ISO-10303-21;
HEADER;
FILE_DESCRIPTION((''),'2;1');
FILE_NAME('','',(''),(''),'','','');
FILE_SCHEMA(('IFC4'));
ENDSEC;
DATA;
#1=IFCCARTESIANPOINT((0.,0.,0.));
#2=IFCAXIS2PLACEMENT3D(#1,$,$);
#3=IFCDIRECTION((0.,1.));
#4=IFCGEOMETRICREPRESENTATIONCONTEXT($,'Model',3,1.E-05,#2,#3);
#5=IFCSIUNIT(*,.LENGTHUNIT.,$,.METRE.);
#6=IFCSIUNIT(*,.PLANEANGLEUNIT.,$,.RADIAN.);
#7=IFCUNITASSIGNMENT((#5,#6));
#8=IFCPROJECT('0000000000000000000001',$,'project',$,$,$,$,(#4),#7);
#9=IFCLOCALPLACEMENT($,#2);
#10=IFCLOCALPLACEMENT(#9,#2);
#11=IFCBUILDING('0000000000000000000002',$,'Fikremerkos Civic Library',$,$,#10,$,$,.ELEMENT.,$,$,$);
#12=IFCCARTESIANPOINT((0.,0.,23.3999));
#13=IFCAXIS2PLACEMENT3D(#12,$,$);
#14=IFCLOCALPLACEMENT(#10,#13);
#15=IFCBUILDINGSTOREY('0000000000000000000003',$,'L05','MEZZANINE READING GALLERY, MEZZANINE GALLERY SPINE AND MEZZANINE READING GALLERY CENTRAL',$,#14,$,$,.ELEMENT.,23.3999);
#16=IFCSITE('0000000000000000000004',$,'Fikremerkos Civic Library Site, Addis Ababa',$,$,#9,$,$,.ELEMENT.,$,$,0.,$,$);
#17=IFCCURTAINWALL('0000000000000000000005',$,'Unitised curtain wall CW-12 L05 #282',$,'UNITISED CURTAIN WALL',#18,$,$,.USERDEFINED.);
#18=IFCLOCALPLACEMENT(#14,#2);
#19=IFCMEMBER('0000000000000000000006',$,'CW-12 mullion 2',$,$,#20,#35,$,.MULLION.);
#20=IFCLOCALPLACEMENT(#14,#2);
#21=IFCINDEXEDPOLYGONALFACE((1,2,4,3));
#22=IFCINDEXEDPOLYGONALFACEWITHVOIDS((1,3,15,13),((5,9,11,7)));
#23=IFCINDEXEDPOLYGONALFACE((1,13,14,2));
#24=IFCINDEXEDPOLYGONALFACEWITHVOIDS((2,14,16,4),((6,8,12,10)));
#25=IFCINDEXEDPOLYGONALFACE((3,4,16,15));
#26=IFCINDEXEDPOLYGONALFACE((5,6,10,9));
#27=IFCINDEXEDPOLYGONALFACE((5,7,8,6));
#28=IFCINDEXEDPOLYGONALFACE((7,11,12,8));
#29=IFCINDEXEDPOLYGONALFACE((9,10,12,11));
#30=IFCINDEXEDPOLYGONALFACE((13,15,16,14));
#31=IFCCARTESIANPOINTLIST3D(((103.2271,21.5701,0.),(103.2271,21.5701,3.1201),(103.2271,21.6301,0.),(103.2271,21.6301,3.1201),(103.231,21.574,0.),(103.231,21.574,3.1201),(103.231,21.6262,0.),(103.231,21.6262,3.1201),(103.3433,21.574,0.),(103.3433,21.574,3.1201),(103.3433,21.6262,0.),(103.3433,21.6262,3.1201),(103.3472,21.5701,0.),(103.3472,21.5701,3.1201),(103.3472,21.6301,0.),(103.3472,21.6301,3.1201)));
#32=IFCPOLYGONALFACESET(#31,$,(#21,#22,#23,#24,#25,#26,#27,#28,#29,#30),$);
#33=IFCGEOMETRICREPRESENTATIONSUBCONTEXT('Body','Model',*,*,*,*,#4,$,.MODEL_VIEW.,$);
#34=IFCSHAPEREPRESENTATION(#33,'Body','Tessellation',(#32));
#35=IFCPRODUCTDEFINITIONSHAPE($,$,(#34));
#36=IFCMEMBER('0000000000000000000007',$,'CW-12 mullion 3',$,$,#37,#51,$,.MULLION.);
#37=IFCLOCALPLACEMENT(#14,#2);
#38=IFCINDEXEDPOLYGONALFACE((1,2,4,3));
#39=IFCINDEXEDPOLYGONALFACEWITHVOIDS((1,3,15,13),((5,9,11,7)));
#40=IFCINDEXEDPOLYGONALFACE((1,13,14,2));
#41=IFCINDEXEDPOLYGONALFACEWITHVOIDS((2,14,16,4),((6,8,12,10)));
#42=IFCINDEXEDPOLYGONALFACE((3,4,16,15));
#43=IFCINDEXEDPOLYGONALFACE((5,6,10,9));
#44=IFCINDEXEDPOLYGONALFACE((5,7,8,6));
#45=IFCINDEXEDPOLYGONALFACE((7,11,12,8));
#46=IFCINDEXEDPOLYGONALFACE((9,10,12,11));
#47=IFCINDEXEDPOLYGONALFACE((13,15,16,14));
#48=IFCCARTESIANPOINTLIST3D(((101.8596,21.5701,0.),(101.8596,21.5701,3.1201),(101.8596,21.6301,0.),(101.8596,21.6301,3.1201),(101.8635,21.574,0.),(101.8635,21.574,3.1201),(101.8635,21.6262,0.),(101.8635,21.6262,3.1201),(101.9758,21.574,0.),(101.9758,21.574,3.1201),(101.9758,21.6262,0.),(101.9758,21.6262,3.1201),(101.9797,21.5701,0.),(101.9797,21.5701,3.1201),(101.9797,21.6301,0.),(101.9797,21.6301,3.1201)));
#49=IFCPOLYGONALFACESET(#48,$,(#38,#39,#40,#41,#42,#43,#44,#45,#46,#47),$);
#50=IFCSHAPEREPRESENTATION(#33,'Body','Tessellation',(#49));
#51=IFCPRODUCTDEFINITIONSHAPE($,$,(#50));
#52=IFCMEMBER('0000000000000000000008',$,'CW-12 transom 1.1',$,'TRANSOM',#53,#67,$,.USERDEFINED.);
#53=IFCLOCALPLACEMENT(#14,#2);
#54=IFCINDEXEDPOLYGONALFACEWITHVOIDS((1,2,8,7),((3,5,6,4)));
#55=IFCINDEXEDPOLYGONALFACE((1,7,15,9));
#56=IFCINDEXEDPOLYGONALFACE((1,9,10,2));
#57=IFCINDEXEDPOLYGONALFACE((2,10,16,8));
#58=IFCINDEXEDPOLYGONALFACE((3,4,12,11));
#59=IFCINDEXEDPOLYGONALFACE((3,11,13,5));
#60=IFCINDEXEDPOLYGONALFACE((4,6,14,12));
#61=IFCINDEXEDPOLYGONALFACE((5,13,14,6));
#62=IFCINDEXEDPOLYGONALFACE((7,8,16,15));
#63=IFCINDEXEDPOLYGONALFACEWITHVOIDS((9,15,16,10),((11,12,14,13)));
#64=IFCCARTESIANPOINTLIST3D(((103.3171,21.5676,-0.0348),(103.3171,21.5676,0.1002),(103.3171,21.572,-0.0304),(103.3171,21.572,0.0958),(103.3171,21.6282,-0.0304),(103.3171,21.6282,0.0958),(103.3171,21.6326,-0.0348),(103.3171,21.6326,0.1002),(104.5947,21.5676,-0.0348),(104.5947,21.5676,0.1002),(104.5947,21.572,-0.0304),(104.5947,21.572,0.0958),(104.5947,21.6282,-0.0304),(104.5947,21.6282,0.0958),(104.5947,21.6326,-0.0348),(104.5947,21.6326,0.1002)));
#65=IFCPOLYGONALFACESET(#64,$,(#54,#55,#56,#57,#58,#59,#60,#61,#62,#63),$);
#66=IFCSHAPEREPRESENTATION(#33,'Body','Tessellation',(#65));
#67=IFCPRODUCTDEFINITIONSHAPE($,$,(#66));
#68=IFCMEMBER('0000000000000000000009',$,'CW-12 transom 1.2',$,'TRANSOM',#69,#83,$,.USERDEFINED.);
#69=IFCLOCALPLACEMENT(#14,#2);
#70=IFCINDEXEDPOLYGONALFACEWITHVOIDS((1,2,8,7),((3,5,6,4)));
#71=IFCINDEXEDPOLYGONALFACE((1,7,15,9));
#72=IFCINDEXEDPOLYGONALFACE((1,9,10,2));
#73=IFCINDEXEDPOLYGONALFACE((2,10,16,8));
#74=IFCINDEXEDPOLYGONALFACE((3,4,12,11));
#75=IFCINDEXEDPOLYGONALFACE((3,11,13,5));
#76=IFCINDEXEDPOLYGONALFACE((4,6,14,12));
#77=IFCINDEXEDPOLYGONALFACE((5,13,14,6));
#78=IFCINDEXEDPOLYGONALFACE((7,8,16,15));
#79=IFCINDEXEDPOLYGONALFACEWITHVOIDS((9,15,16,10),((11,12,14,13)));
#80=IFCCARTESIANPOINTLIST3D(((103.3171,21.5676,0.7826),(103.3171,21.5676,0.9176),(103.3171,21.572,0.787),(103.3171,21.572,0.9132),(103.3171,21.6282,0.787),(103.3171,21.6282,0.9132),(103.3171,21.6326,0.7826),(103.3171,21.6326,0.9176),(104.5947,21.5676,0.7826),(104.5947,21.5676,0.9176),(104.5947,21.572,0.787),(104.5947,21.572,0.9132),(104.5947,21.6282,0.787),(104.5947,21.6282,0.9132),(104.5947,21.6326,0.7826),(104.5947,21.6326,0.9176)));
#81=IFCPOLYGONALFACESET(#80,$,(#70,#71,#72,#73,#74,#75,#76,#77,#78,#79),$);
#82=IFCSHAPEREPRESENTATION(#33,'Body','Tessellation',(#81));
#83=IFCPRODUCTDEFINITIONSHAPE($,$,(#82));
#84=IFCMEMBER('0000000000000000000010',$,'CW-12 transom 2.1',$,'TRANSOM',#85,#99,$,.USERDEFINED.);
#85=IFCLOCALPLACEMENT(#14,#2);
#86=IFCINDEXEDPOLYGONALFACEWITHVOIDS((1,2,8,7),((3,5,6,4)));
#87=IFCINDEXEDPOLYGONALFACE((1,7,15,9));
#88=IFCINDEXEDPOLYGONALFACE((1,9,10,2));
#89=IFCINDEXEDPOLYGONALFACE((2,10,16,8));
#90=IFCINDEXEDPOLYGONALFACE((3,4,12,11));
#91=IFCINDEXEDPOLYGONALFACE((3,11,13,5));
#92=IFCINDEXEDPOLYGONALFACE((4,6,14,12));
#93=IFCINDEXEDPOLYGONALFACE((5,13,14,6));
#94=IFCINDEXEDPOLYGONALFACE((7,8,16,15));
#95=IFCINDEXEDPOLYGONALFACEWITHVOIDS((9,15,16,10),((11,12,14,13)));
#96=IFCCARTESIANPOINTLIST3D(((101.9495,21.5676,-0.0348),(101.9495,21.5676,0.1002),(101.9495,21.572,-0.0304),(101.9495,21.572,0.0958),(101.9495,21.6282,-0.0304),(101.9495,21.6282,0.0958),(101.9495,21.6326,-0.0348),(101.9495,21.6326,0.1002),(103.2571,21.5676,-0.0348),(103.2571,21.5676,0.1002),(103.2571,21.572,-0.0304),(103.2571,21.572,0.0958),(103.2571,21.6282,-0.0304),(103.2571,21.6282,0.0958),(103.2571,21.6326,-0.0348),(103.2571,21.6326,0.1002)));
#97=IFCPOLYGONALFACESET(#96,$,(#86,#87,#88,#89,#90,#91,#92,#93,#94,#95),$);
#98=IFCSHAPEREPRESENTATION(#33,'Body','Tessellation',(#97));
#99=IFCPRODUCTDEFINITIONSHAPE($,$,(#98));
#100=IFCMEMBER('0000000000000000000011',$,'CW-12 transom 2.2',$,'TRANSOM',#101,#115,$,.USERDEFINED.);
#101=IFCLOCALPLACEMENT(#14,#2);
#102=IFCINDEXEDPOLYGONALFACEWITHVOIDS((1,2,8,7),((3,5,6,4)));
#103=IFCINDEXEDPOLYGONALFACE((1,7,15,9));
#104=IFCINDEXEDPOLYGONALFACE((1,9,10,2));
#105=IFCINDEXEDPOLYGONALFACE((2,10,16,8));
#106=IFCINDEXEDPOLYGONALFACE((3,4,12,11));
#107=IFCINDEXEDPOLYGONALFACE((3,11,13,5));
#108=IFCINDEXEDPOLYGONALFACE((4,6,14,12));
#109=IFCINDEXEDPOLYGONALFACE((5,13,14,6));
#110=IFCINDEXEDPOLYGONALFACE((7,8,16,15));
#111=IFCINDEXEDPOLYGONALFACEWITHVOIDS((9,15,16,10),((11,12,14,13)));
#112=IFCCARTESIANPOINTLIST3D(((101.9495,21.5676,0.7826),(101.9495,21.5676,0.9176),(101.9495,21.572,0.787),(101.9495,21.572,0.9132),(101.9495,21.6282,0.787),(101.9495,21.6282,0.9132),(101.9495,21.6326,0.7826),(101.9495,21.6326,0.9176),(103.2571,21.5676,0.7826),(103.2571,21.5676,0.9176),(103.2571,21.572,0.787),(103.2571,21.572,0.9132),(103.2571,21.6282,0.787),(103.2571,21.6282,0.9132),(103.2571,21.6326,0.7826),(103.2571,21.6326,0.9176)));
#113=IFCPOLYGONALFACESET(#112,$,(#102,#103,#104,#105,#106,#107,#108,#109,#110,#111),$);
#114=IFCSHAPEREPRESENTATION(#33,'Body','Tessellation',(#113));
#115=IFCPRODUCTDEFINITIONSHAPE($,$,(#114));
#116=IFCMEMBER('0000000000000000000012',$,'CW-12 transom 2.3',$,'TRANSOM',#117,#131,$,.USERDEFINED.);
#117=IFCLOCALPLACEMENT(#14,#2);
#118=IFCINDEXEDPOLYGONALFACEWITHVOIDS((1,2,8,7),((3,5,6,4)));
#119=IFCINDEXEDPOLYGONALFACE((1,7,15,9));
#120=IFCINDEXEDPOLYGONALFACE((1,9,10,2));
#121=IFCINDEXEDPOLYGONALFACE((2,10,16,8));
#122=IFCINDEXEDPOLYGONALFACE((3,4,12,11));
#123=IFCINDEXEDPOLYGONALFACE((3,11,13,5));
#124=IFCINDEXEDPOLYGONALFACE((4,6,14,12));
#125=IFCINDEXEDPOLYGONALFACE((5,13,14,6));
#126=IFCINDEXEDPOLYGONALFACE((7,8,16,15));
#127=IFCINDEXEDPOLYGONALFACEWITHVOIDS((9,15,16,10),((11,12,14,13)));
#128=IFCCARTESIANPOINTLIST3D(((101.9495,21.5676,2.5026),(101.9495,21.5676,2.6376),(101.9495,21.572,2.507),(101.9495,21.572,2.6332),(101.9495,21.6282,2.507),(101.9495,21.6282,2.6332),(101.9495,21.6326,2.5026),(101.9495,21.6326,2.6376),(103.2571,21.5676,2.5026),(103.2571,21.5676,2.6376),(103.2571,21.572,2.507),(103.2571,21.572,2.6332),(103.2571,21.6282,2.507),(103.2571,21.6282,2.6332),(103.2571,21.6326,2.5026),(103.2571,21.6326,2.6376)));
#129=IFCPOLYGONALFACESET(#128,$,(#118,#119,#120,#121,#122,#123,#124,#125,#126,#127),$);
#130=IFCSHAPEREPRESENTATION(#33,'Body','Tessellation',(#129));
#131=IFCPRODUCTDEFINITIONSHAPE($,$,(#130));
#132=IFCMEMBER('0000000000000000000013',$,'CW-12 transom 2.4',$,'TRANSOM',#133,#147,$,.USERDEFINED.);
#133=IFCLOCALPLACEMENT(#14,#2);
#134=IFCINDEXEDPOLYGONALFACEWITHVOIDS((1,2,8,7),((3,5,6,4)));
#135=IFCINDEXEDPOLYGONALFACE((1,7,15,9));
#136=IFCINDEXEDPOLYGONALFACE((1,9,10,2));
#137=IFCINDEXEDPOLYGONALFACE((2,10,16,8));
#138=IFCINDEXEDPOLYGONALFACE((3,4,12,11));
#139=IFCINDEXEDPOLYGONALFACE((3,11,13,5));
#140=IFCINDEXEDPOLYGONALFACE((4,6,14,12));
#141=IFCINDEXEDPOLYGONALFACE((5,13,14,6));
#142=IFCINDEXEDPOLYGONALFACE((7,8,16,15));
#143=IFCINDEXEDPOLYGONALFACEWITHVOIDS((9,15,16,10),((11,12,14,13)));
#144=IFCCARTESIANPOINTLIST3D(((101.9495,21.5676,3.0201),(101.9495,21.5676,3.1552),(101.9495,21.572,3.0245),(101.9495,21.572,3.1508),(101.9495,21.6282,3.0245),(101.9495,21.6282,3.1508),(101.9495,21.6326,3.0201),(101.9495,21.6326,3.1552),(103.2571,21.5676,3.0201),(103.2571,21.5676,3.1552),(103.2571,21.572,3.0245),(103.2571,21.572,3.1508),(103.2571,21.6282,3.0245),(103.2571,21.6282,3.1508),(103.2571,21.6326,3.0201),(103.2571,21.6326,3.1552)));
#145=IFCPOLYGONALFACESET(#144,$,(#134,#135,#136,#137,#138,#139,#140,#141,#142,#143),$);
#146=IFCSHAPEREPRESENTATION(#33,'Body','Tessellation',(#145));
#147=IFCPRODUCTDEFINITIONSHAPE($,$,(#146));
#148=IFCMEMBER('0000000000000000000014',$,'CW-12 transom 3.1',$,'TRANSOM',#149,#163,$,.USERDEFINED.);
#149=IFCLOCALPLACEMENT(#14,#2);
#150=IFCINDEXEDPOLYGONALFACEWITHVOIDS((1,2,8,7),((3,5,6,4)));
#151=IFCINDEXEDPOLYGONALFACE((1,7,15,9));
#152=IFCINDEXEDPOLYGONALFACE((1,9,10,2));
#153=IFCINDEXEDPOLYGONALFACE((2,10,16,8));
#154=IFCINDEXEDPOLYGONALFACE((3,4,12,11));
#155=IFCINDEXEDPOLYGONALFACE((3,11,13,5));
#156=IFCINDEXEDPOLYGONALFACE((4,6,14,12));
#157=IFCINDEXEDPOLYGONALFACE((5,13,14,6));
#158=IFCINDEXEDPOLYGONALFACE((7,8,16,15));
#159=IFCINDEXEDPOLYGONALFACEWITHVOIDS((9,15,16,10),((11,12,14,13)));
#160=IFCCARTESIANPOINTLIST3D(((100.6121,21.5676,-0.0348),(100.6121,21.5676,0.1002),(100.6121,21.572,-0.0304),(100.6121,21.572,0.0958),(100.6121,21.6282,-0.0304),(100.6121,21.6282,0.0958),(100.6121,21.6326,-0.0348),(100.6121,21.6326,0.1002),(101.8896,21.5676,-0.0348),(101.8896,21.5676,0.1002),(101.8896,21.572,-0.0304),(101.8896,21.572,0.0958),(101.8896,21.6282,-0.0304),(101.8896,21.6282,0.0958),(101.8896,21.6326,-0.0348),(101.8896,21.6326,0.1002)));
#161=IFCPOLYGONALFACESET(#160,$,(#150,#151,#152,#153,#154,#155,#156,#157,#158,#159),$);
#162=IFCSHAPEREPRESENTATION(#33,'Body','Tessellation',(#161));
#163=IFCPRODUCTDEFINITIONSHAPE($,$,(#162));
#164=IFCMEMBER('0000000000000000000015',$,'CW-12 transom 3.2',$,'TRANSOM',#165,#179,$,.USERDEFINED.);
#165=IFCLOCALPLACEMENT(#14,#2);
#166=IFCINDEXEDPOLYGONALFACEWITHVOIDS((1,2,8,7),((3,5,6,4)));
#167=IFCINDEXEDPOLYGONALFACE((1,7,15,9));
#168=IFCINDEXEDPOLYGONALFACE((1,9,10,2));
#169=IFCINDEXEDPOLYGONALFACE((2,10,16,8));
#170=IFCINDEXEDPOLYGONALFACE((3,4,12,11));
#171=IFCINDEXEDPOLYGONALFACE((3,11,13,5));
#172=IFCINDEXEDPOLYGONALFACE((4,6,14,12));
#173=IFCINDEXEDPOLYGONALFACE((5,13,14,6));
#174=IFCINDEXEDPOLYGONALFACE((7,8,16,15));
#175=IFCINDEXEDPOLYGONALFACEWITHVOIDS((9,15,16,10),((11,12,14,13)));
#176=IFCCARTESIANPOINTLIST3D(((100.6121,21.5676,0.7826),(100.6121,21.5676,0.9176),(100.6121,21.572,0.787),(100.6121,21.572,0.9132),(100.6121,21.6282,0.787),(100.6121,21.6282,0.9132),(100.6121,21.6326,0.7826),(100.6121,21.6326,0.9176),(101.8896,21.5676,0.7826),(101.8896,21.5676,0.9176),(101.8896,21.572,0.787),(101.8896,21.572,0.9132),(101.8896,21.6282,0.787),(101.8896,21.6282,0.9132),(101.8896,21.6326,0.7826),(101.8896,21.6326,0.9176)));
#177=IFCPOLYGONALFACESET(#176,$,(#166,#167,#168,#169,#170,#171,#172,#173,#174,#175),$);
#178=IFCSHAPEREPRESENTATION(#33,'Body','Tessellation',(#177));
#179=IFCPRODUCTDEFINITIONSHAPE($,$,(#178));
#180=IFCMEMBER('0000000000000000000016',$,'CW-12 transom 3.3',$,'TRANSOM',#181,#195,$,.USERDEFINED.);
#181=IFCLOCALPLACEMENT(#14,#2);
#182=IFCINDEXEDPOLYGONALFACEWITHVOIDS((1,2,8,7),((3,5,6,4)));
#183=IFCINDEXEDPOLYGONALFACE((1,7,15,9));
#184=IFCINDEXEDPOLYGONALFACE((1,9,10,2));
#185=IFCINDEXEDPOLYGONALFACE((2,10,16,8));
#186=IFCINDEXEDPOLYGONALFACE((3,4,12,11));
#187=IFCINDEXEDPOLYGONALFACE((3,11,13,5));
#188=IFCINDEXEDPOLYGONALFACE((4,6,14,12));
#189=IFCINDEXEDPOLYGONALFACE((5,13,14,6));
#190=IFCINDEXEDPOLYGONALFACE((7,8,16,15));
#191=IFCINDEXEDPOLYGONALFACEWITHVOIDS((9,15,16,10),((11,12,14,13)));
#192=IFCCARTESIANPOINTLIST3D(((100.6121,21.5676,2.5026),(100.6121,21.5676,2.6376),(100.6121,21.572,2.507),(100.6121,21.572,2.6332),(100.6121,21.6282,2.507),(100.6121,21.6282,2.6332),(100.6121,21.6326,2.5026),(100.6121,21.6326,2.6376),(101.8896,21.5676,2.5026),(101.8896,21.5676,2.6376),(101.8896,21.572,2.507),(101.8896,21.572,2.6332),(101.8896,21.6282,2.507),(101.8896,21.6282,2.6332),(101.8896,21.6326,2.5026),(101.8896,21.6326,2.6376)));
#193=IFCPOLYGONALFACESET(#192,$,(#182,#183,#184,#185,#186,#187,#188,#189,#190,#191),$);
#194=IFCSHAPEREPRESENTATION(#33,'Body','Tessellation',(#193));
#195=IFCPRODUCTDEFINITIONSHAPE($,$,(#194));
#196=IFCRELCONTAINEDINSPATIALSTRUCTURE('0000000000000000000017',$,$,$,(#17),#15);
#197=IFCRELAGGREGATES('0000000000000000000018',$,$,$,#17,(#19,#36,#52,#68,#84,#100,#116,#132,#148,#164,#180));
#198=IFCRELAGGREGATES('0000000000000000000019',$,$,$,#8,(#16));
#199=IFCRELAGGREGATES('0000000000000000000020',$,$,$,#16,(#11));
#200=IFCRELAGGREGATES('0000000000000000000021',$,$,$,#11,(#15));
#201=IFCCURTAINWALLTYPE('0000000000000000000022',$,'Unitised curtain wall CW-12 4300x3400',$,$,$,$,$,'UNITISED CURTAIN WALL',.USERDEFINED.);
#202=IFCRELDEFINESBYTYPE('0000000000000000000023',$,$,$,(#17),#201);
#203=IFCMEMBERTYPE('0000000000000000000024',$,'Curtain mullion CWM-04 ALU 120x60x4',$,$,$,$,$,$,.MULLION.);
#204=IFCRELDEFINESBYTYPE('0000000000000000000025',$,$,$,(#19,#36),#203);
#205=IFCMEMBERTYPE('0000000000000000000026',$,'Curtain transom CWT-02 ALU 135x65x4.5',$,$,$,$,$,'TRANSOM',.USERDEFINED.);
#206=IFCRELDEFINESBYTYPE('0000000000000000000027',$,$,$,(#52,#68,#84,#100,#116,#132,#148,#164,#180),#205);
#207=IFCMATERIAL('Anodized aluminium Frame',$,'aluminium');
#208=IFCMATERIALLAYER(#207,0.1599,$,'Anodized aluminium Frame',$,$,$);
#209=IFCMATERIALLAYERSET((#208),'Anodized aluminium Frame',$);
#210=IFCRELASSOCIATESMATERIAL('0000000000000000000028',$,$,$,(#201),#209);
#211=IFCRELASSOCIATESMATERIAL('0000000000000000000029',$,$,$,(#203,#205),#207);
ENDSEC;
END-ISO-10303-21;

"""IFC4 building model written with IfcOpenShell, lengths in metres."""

from ifc_helpers import new_model, si_unit, direction, frame, origin, origin_2d, place, context, subcontext, project, spatial, hollow_rectangle, extrude, material, layer, layer_set, material_profile, profile_set, type_object, element, aggregate, save


model = new_model("IFC4")

# Units and contexts
model_context = context("Model", 3, precision=1e-05, world=origin(), true_north=direction((0.0, 1.0)))
body_context = subcontext(model_context, "Body", "Model", "MODEL_VIEW")
ifc_project = project(units=[si_unit("LENGTHUNIT", "METRE"), si_unit("PLANEANGLEUNIT", "RADIAN")], contexts=[model_context])

# Site, building, storey
site_placement = place(None, origin())
site = spatial("IfcSite", under=ifc_project, at=site_placement, Name="Fikremerkos Civic Library Site, Addis Ababa", CompositionType="ELEMENT", RefElevation=0.0)
building_placement = place(site_placement, origin())
building = spatial("IfcBuilding", under=site, at=building_placement, Name="Fikremerkos Civic Library", CompositionType="ELEMENT")
storey_placement = place(building_placement, frame((0.0, 0.0, 23.3999)))
storey = spatial("IfcBuildingStorey", under=building, at=storey_placement, Name="L05", Description="MEZZANINE READING GALLERY, MEZZANINE GALLERY SPINE AND MEZZANINE READING GALLERY CENTRAL", CompositionType="ELEMENT", Elevation=23.3999)

# Curtain wall, members
ifc_material_1 = material(Name="Anodized aluminium Frame", Category="aluminium")
ifc_layer_1 = layer(ifc_material_1, 0.1599, Name="Anodized aluminium Frame")
ifc_layer_set_1 = layer_set([ifc_layer_1], Name="Anodized aluminium Frame")
curtain_wall_type = type_object("IfcCurtainWallType", Name="Unitised curtain wall CW-12 4300x3400", ElementType="UNITISED CURTAIN WALL", PredefinedType="USERDEFINED", material=ifc_layer_set_1)
curtain_wall_placement = place(storey_placement, origin())
curtain_wall = element("IfcCurtainWall", 1, at=curtain_wall_placement, inside=storey, type_object=curtain_wall_type, Name="Unitised curtain wall CW-12 L05 #282", ObjectType="UNITISED CURTAIN WALL", PredefinedType="USERDEFINED")
ifc_material_profile_1 = material_profile(ifc_material_1, hollow_rectangle(XDim=0.0601, YDim=0.1201, WallThickness=0.0039, at=origin_2d()), Name="ALU 120x60x4")
ifc_profile_set_1 = profile_set([ifc_material_profile_1], Name="Anodized aluminium Frame")
member_type_1 = type_object("IfcMemberType", Name="Curtain mullion CWM-04 ALU 120x60x4", PredefinedType="MULLION", material=ifc_profile_set_1)
member_1_placement = place(storey_placement, frame((103.2871, 21.6001, 0.0), z_axis=(0.0, 0.0, 1.0), x_axis=(0.0, -1.0, 0.0)))
member_1 = element("IfcMember", 2, at=member_1_placement, type_object=member_type_1, Name="CW-12 mullion 2", PredefinedType="MULLION", context=body_context, shape_type="SweptSolid", body=[
    extrude(hollow_rectangle(XDim=0.0601, YDim=0.1201, WallThickness=0.0039, at=origin_2d()), origin(), (0.0, 0.0, 1.0), 3.1201),
])
member_2_placement = place(storey_placement, frame((101.9197, 21.6001, 0.0), z_axis=(0.0, 0.0, 1.0), x_axis=(0.0, -1.0, 0.0)))
member_2 = element("IfcMember", 3, at=member_2_placement, type_object=member_type_1, Name="CW-12 mullion 3", PredefinedType="MULLION", context=body_context, shape_type="SweptSolid", body=[
    extrude(hollow_rectangle(XDim=0.0601, YDim=0.1201, WallThickness=0.0039, at=origin_2d()), origin(), (0.0, 0.0, 1.0), 3.1201),
])
ifc_material_profile_2 = material_profile(ifc_material_1, hollow_rectangle(XDim=0.0649, YDim=0.135, WallThickness=0.0044, at=origin_2d()), Name="ALU 135x65x4.5")
ifc_profile_set_2 = profile_set([ifc_material_profile_2], Name="Anodized aluminium Frame")
member_type_2 = type_object("IfcMemberType", Name="Curtain transom CWT-02 ALU 135x65x4.5", ElementType="TRANSOM", PredefinedType="USERDEFINED", material=ifc_profile_set_2)
member_3_placement = place(storey_placement, frame((104.5947, 21.6001, 0.0327), z_axis=(-1.0, 0.0, 0.0), x_axis=(0.0, -1.0, 0.0)))
member_3 = element("IfcMember", 4, at=member_3_placement, type_object=member_type_2, Name="CW-12 transom 1.1", ObjectType="TRANSOM", PredefinedType="USERDEFINED", context=body_context, shape_type="SweptSolid", body=[
    extrude(hollow_rectangle(XDim=0.0649, YDim=0.135, WallThickness=0.0044, at=origin_2d()), origin(), (0.0, 0.0, 1.0), 1.2776),
])
member_4_placement = place(storey_placement, frame((104.5947, 21.6001, 0.8501), z_axis=(-1.0, 0.0, 0.0), x_axis=(0.0, -1.0, 0.0)))
member_4 = element("IfcMember", 5, at=member_4_placement, type_object=member_type_2, Name="CW-12 transom 1.2", ObjectType="TRANSOM", PredefinedType="USERDEFINED", context=body_context, shape_type="SweptSolid", body=[
    extrude(hollow_rectangle(XDim=0.0649, YDim=0.135, WallThickness=0.0044, at=origin_2d()), origin(), (0.0, 0.0, 1.0), 1.2776),
])
member_5_placement = place(storey_placement, frame((103.2571, 21.6001, 0.0327), z_axis=(-1.0, 0.0, 0.0), x_axis=(0.0, -1.0, 0.0)))
member_5 = element("IfcMember", 6, at=member_5_placement, type_object=member_type_2, Name="CW-12 transom 2.1", ObjectType="TRANSOM", PredefinedType="USERDEFINED", context=body_context, shape_type="SweptSolid", body=[
    extrude(hollow_rectangle(XDim=0.0649, YDim=0.135, WallThickness=0.0044, at=origin_2d()), origin(), (0.0, 0.0, 1.0), 1.3076),
])
member_6_placement = place(storey_placement, frame((103.2571, 21.6001, 0.8501), z_axis=(-1.0, 0.0, 0.0), x_axis=(0.0, -1.0, 0.0)))
member_6 = element("IfcMember", 7, at=member_6_placement, type_object=member_type_2, Name="CW-12 transom 2.2", ObjectType="TRANSOM", PredefinedType="USERDEFINED", context=body_context, shape_type="SweptSolid", body=[
    extrude(hollow_rectangle(XDim=0.0649, YDim=0.135, WallThickness=0.0044, at=origin_2d()), origin(), (0.0, 0.0, 1.0), 1.3076),
])
member_7_placement = place(storey_placement, frame((103.2571, 21.6001, 2.5701), z_axis=(-1.0, 0.0, 0.0), x_axis=(0.0, -1.0, 0.0)))
member_7 = element("IfcMember", 8, at=member_7_placement, type_object=member_type_2, Name="CW-12 transom 2.3", ObjectType="TRANSOM", PredefinedType="USERDEFINED", context=body_context, shape_type="SweptSolid", body=[
    extrude(hollow_rectangle(XDim=0.0649, YDim=0.135, WallThickness=0.0044, at=origin_2d()), origin(), (0.0, 0.0, 1.0), 1.3076),
])
member_8_placement = place(storey_placement, frame((103.2571, 21.6001, 3.0876), z_axis=(-1.0, 0.0, 0.0), x_axis=(0.0, -1.0, 0.0)))
member_8 = element("IfcMember", 9, at=member_8_placement, type_object=member_type_2, Name="CW-12 transom 2.4", ObjectType="TRANSOM", PredefinedType="USERDEFINED", context=body_context, shape_type="SweptSolid", body=[
    extrude(hollow_rectangle(XDim=0.0649, YDim=0.135, WallThickness=0.0044, at=origin_2d()), origin(), (0.0, 0.0, 1.0), 1.3076),
])
member_9_placement = place(storey_placement, frame((101.8896, 21.6001, 0.0327), z_axis=(-1.0, 0.0, 0.0), x_axis=(0.0, -1.0, 0.0)))
member_9 = element("IfcMember", 10, at=member_9_placement, type_object=member_type_2, Name="CW-12 transom 3.1", ObjectType="TRANSOM", PredefinedType="USERDEFINED", context=body_context, shape_type="SweptSolid", body=[
    extrude(hollow_rectangle(XDim=0.0649, YDim=0.135, WallThickness=0.0044, at=origin_2d()), origin(), (0.0, 0.0, 1.0), 1.2776),
])
member_10_placement = place(storey_placement, frame((101.8896, 21.6001, 0.8501), z_axis=(-1.0, 0.0, 0.0), x_axis=(0.0, -1.0, 0.0)))
member_10 = element("IfcMember", 11, at=member_10_placement, type_object=member_type_2, Name="CW-12 transom 3.2", ObjectType="TRANSOM", PredefinedType="USERDEFINED", context=body_context, shape_type="SweptSolid", body=[
    extrude(hollow_rectangle(XDim=0.0649, YDim=0.135, WallThickness=0.0044, at=origin_2d()), origin(), (0.0, 0.0, 1.0), 1.2776),
])
member_11_placement = place(storey_placement, frame((101.8896, 21.6001, 2.5701), z_axis=(-1.0, 0.0, 0.0), x_axis=(0.0, -1.0, 0.0)))
member_11 = element("IfcMember", 12, at=member_11_placement, type_object=member_type_2, Name="CW-12 transom 3.3", ObjectType="TRANSOM", PredefinedType="USERDEFINED", context=body_context, shape_type="SweptSolid", body=[
    extrude(hollow_rectangle(XDim=0.0649, YDim=0.135, WallThickness=0.0044, at=origin_2d()), origin(), (0.0, 0.0, 1.0), 1.2776),
])
aggregate(curtain_wall, [member_1, member_2, member_3, member_4, member_5, member_6, member_7, member_8, member_9, member_10, member_11])

save(model, "model.ifc")
